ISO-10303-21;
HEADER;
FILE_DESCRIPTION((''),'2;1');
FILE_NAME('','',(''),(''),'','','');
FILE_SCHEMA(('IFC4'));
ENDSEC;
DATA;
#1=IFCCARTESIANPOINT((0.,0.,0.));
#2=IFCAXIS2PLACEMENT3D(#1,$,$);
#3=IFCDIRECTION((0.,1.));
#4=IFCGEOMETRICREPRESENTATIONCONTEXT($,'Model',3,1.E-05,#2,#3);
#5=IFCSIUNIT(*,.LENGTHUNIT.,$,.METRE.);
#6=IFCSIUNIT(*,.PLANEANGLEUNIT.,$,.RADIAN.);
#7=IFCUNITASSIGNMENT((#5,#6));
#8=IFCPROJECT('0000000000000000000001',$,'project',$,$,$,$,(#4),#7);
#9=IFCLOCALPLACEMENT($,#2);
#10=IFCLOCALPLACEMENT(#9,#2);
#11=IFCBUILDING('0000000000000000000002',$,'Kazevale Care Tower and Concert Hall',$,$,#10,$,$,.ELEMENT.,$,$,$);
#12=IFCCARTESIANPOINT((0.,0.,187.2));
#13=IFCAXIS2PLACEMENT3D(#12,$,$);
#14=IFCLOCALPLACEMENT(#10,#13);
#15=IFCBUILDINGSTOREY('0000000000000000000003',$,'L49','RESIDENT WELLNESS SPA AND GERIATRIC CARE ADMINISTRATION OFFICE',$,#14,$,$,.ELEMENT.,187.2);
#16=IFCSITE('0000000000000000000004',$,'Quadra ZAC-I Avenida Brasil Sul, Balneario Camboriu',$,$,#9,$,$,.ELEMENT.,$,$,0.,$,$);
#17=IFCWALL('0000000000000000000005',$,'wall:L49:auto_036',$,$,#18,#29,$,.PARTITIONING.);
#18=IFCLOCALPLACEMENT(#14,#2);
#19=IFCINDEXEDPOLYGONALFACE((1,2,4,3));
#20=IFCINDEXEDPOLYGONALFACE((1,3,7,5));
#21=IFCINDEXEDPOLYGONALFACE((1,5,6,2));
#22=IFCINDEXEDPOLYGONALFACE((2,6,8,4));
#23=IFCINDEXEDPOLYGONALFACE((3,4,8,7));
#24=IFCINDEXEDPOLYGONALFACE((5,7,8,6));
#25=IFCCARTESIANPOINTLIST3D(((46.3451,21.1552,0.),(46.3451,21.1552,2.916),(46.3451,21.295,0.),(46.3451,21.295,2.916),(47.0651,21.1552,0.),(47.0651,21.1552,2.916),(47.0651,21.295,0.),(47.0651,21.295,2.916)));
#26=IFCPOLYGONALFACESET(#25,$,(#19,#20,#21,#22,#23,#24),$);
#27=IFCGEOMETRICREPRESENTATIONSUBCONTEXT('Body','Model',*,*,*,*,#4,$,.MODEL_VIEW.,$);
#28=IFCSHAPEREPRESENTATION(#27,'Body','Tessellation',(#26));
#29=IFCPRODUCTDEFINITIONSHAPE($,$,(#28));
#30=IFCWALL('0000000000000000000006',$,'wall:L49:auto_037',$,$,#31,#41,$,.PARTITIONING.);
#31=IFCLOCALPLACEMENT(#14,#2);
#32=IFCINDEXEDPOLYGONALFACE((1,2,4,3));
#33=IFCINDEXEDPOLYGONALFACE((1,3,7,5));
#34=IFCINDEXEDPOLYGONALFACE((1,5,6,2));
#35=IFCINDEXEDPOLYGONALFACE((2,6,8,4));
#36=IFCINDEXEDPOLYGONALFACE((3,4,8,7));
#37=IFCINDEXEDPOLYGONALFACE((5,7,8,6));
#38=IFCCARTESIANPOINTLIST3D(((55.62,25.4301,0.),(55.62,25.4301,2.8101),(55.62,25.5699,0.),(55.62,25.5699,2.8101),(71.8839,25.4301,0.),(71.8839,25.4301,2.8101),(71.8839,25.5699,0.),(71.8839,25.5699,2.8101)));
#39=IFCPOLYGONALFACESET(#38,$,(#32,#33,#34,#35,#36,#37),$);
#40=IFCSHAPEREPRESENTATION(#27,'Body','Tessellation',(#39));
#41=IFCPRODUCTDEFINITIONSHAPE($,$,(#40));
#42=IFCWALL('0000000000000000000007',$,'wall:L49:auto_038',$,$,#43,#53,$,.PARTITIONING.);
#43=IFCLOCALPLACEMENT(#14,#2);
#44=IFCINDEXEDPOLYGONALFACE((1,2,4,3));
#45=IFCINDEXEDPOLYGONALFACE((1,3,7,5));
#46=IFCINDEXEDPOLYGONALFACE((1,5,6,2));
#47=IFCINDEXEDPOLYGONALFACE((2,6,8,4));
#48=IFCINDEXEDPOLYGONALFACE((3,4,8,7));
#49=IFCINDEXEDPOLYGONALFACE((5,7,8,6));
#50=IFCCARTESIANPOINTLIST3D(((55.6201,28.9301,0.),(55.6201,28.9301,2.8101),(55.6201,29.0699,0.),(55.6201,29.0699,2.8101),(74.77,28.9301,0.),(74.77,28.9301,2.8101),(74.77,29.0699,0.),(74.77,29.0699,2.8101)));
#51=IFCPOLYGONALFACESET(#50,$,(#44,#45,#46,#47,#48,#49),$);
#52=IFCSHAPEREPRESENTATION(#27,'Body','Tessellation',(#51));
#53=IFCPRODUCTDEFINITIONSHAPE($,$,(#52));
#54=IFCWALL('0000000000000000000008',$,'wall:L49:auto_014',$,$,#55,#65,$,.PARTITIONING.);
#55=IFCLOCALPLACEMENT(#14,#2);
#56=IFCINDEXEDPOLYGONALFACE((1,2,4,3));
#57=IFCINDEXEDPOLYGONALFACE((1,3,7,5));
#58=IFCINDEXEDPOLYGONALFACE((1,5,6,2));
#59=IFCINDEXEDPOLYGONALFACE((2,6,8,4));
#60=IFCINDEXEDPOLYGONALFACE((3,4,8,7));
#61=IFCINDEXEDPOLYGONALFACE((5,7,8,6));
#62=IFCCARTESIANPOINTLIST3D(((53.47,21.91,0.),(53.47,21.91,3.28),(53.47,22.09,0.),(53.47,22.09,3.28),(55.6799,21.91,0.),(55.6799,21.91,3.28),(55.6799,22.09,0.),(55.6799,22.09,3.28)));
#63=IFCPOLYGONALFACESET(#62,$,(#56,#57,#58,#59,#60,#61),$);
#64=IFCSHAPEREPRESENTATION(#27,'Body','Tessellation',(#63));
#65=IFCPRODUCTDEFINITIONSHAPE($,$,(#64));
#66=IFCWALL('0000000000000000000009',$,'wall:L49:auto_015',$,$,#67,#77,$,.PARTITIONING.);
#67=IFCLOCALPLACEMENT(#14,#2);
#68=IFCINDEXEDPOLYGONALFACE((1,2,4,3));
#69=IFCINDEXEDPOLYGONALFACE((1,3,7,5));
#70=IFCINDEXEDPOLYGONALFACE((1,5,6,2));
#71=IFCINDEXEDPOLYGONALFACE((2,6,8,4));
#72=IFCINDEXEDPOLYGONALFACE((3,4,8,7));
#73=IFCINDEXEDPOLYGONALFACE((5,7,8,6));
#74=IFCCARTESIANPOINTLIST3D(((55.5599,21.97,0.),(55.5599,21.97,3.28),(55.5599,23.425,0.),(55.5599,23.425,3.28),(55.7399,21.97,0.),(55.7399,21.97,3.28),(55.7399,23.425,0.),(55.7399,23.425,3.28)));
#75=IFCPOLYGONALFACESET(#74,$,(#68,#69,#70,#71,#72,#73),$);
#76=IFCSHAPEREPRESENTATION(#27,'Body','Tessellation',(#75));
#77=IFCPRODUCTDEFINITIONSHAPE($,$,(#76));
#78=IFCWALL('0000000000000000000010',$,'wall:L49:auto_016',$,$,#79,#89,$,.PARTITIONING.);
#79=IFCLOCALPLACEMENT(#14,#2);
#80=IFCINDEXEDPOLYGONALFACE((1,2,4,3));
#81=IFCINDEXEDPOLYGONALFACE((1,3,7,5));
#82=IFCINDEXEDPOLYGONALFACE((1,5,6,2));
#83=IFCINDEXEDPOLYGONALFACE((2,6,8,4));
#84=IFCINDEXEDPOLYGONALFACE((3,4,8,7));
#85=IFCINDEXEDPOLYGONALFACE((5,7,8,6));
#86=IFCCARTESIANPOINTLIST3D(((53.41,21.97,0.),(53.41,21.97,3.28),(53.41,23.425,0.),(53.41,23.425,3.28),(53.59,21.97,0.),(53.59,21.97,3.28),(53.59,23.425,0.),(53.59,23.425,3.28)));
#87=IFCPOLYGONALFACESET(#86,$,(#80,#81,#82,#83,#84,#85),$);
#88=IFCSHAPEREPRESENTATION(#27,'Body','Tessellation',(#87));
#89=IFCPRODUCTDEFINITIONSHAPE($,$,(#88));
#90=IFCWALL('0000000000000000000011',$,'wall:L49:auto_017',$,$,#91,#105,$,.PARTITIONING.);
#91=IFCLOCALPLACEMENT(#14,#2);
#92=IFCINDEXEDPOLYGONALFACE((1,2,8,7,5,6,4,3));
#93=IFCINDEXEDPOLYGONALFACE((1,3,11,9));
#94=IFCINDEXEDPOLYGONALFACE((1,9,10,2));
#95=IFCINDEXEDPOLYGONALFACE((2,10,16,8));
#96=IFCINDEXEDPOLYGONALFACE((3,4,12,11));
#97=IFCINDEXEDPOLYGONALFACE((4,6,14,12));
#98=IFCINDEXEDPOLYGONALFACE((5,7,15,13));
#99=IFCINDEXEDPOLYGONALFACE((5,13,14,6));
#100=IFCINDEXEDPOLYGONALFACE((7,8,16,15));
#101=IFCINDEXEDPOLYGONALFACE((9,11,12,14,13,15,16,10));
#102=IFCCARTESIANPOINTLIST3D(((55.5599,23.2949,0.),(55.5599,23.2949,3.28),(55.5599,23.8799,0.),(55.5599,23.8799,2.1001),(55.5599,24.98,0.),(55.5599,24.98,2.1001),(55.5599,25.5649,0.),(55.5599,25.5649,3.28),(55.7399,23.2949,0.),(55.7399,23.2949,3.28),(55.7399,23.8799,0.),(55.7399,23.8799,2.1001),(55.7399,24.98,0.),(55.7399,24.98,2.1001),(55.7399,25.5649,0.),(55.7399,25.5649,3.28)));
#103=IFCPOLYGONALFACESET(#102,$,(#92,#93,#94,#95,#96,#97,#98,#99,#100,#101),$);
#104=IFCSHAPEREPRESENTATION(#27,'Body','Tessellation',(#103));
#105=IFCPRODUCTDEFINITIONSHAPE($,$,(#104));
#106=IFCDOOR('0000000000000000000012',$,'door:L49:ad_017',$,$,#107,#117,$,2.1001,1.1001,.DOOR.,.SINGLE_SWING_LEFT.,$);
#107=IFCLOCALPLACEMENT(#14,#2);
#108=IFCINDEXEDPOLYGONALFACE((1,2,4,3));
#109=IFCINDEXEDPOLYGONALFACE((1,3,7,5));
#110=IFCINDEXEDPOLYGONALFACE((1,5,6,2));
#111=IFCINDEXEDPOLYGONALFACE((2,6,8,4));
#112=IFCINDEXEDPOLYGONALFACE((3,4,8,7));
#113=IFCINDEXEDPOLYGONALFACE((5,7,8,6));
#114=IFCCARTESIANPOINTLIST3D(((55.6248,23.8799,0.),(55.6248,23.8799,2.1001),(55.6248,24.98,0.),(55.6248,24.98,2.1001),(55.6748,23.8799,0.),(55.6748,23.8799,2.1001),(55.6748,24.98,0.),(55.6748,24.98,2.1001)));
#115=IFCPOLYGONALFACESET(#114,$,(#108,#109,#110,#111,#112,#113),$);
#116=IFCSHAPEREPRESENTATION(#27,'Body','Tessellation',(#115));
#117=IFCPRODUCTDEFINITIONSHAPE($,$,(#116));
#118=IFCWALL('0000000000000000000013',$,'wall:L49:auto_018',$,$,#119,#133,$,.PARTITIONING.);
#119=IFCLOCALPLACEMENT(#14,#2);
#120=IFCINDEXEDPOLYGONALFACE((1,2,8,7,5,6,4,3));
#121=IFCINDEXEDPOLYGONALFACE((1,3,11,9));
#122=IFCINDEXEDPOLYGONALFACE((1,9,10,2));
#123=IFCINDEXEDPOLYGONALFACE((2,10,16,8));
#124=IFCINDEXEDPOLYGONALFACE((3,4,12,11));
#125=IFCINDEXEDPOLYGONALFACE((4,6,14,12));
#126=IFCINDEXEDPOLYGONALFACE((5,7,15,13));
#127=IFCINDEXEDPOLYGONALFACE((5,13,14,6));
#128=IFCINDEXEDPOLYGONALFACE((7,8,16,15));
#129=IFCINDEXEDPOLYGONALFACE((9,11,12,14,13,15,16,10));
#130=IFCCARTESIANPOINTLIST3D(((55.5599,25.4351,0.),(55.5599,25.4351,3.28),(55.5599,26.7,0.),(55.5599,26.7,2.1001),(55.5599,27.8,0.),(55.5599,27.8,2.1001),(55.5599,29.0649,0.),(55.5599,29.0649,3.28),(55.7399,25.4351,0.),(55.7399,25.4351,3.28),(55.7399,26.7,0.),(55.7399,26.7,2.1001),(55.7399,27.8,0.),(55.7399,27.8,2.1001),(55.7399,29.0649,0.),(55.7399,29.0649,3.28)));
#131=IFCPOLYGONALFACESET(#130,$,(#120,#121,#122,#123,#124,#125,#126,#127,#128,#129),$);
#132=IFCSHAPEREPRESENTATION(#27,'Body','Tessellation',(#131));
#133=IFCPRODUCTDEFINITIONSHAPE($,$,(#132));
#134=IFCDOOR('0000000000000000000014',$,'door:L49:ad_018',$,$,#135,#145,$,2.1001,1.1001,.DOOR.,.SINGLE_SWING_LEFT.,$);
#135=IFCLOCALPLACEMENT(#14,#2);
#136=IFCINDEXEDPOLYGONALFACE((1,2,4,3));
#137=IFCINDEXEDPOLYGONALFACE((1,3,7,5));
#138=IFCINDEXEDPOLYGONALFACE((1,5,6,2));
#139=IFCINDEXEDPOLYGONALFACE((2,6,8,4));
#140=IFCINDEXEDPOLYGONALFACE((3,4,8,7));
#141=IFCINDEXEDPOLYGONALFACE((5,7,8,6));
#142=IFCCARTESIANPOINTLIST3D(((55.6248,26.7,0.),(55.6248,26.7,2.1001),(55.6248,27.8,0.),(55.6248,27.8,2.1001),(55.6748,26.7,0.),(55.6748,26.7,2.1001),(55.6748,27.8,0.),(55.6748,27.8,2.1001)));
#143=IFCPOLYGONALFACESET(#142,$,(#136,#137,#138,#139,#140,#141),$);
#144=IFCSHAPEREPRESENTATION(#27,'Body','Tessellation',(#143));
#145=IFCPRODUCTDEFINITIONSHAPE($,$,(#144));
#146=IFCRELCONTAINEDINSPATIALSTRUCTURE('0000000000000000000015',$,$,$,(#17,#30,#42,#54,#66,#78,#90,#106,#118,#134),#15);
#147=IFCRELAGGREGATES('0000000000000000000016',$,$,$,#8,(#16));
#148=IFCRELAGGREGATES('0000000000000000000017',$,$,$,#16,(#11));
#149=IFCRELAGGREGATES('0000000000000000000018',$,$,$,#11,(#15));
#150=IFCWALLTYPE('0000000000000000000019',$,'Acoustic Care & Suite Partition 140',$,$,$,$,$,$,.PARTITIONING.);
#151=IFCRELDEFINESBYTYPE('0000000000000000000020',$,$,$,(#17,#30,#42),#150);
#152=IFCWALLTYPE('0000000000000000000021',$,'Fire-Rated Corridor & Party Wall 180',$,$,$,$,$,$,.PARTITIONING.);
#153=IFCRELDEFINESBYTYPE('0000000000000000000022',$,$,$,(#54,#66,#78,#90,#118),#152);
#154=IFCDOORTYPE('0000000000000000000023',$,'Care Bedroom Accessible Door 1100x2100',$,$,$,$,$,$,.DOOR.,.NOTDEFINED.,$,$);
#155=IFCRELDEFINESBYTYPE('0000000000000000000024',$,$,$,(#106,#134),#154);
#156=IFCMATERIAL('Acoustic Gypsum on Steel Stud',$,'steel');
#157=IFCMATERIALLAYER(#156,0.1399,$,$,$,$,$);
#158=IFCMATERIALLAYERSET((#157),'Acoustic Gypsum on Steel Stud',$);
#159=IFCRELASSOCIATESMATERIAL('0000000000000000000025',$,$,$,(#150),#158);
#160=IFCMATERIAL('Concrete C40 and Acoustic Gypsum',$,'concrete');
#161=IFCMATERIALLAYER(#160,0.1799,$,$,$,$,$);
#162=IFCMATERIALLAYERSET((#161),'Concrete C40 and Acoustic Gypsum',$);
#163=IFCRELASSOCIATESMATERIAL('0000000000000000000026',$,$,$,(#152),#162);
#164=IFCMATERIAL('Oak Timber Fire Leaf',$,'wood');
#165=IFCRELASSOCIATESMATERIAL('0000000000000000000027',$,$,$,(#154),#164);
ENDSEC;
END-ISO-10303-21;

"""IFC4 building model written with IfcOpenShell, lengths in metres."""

from ifc_helpers import new_model, si_unit, direction, frame, frame_2d, origin, place, context, subcontext, project, spatial, rectangle, extrude, material, layer, layer_set, type_object, element, fill, save


model = new_model("IFC4")

# Units and contexts
model_context = context("Model", 3, precision=1e-05, world=origin(), true_north=direction((0.0, 1.0)))
body_context = subcontext(model_context, "Body", "Model", "MODEL_VIEW")
ifc_project = project(units=[si_unit("LENGTHUNIT", "METRE"), si_unit("PLANEANGLEUNIT", "RADIAN")], contexts=[model_context])

# Site, building, storey
site_placement = place(None, origin())
site = spatial("IfcSite", under=ifc_project, at=site_placement, Name="Quadra ZAC-I Avenida Brasil Sul, Balneario Camboriu", CompositionType="ELEMENT", RefElevation=0.0)
building_placement = place(site_placement, origin())
building = spatial("IfcBuilding", under=site, at=building_placement, Name="Kazevale Care Tower and Concert Hall", CompositionType="ELEMENT")
storey_placement = place(building_placement, frame((0.0, 0.0, 187.2)))
storey = spatial("IfcBuildingStorey", under=building, at=storey_placement, Name="L49", Description="RESIDENT WELLNESS SPA AND GERIATRIC CARE ADMINISTRATION OFFICE", CompositionType="ELEMENT", Elevation=187.2)

# Walls
ifc_material_1 = material(Name="Acoustic Gypsum on Steel Stud", Category="steel")
ifc_layer_1 = layer(ifc_material_1, 0.1399)
ifc_layer_set_1 = layer_set([ifc_layer_1], Name="Acoustic Gypsum on Steel Stud")
wall_type_1 = type_object("IfcWallType", Name="Acoustic Care & Suite Partition 140", PredefinedType="PARTITIONING", material=ifc_layer_set_1)
wall_1_placement = place(storey_placement, frame((47.0649, 21.2251, 0.0), z_axis=(0.0, 0.0, 1.0), x_axis=(-1.0, 0.0, 0.0)))
element("IfcWall", 1, at=wall_1_placement, inside=storey, type_object=wall_type_1, Name="wall:L49:auto_036", PredefinedType="PARTITIONING", context=body_context, shape_type="SweptSolid", body=[
    extrude(rectangle(XDim=0.72, YDim=0.1399, at=frame_2d((0.3599, 0.0))), origin(), (0.0, 0.0, 1.0), 2.916),
])
wall_2_placement = place(storey_placement, frame((55.6201, 25.5, 0.0), z_axis=(0.0, 0.0, 1.0), x_axis=(1.0, 0.0, 0.0)))
element("IfcWall", 2, at=wall_2_placement, inside=storey, type_object=wall_type_1, Name="wall:L49:auto_037", PredefinedType="PARTITIONING", context=body_context, shape_type="SweptSolid", body=[
    extrude(rectangle(XDim=16.2639, YDim=0.1399, at=frame_2d((8.1318, 0.0))), origin(), (0.0, 0.0, 1.0), 2.8101),
])
wall_3_placement = place(storey_placement, frame((55.6201, 29.0, 0.0), z_axis=(0.0, 0.0, 1.0), x_axis=(1.0, 0.0, 0.0)))
element("IfcWall", 3, at=wall_3_placement, inside=storey, type_object=wall_type_1, Name="wall:L49:auto_038", PredefinedType="PARTITIONING", context=body_context, shape_type="SweptSolid", body=[
    extrude(rectangle(XDim=19.1499, YDim=0.1399, at=frame_2d((9.575, 0.0))), origin(), (0.0, 0.0, 1.0), 2.8101),
])
ifc_material_2 = material(Name="Concrete C40 and Acoustic Gypsum", Category="concrete")
ifc_layer_2 = layer(ifc_material_2, 0.1799)
ifc_layer_set_2 = layer_set([ifc_layer_2], Name="Concrete C40 and Acoustic Gypsum")
wall_type_2 = type_object("IfcWallType", Name="Fire-Rated Corridor & Party Wall 180", PredefinedType="PARTITIONING", material=ifc_layer_set_2)
wall_4_placement = place(storey_placement, frame((55.6799, 22.0, 0.0), z_axis=(0.0, 0.0, 1.0), x_axis=(-1.0, 0.0, 0.0)))
element("IfcWall", 4, at=wall_4_placement, inside=storey, type_object=wall_type_2, Name="wall:L49:auto_014", PredefinedType="PARTITIONING", context=body_context, shape_type="SweptSolid", body=[
    extrude(rectangle(XDim=2.21, YDim=0.1799, at=frame_2d((1.105, 0.0))), origin(), (0.0, 0.0, 1.0), 3.28),
])
for number, where, z_axis, x_axis, name in (
    (5, (55.6499, 23.425, 0.0), (0.0, 0.0, 1.0), (0.0, -1.0, 0.0), "wall:L49:auto_015"),
    (6, (53.5, 21.97, 0.0), (0.0, 0.0, 1.0), (0.0, 1.0, 0.0), "wall:L49:auto_016"),
):
    element("IfcWall", number, at=place(storey_placement, frame(where, z_axis=z_axis, x_axis=x_axis)), inside=storey, type_object=wall_type_2, Name=name, PredefinedType="PARTITIONING", context=body_context, shape_type="SweptSolid", body=[
        extrude(rectangle(XDim=1.4551, YDim=0.1799, at=frame_2d((0.7275, 0.0))), origin(), (0.0, 0.0, 1.0), 3.28),
    ])

# Walls, openings, doors
wall_5_placement = place(storey_placement, frame((55.6499, 25.5649, 0.0), z_axis=(0.0, 0.0, 1.0), x_axis=(0.0, -1.0, 0.0)))
wall_5 = element("IfcWall", 7, at=wall_5_placement, inside=storey, type_object=wall_type_2, Name="wall:L49:auto_017", PredefinedType="PARTITIONING", context=body_context, shape_type="SweptSolid", body=[
    extrude(rectangle(XDim=2.27, YDim=0.1799, at=frame_2d((1.135, 0.0))), origin(), (0.0, 0.0, 1.0), 3.28),
])
opening_1_placement = place(wall_5_placement, frame((0.585, 0.0, 0.0)))
opening_1 = element("IfcOpeningElement", 8, at=opening_1_placement, cuts=wall_5, PredefinedType="OPENING", context=body_context, shape_type="SweptSolid", body=[
    extrude(rectangle(XDim=1.1001, YDim=2.1001, at=frame_2d((0.55, 1.05))), frame((0.0, 0.0999, 0.0), z_axis=(0.0, -1.0, 0.0), x_axis=(1.0, 0.0, 0.0)), (0.0, 0.0, 1.0), 0.2),
])
ifc_material_3 = material(Name="Oak Timber Fire Leaf", Category="wood")
door_type_1 = type_object("IfcDoorType", Name="Care Bedroom Accessible Door 1100x2100", OperationType="NOTDEFINED", PredefinedType="DOOR", material=ifc_material_3)
door_1_placement = place(opening_1_placement, origin())
door_1 = element("IfcDoor", 9, at=door_1_placement, inside=storey, type_object=door_type_1, Name="door:L49:ad_017", OperationType="SINGLE_SWING_LEFT", OverallHeight=2.1001, OverallWidth=1.1001, PredefinedType="DOOR", context=body_context, shape_type="SweptSolid", body=[
    extrude(rectangle(XDim=1.1001, YDim=2.1001, at=frame_2d((0.55, 1.05))), frame((0.0, 0.0249, 0.0), z_axis=(0.0, -1.0, 0.0), x_axis=(1.0, 0.0, 0.0)), (0.0, 0.0, 1.0), 0.05),
])
fill(opening_1, door_1)
wall_6_placement = place(storey_placement, frame((55.6499, 29.0649, 0.0), z_axis=(0.0, 0.0, 1.0), x_axis=(0.0, -1.0, 0.0)))
wall_6 = element("IfcWall", 10, at=wall_6_placement, inside=storey, type_object=wall_type_2, Name="wall:L49:auto_018", PredefinedType="PARTITIONING", context=body_context, shape_type="SweptSolid", body=[
    extrude(rectangle(XDim=3.6299, YDim=0.1799, at=frame_2d((1.8149, 0.0))), origin(), (0.0, 0.0, 1.0), 3.28),
])
opening_2_placement = place(wall_6_placement, frame((1.2649, 0.0, 0.0)))
opening_2 = element("IfcOpeningElement", 11, at=opening_2_placement, cuts=wall_6, PredefinedType="OPENING", context=body_context, shape_type="SweptSolid", body=[
    extrude(rectangle(XDim=1.1001, YDim=2.1001, at=frame_2d((0.55, 1.05))), frame((0.0, 0.0999, 0.0), z_axis=(0.0, -1.0, 0.0), x_axis=(1.0, 0.0, 0.0)), (0.0, 0.0, 1.0), 0.2),
])
door_2_placement = place(opening_2_placement, origin())
door_2 = element("IfcDoor", 12, at=door_2_placement, inside=storey, type_object=door_type_1, Name="door:L49:ad_018", OperationType="SINGLE_SWING_LEFT", OverallHeight=2.1001, OverallWidth=1.1001, PredefinedType="DOOR", context=body_context, shape_type="SweptSolid", body=[
    extrude(rectangle(XDim=1.1001, YDim=2.1001, at=frame_2d((0.55, 1.05))), frame((0.0, 0.0249, 0.0), z_axis=(0.0, -1.0, 0.0), x_axis=(1.0, 0.0, 0.0)), (0.0, 0.0, 1.0), 0.05),
])
fill(opening_2, door_2)

save(model, "model.ifc")
